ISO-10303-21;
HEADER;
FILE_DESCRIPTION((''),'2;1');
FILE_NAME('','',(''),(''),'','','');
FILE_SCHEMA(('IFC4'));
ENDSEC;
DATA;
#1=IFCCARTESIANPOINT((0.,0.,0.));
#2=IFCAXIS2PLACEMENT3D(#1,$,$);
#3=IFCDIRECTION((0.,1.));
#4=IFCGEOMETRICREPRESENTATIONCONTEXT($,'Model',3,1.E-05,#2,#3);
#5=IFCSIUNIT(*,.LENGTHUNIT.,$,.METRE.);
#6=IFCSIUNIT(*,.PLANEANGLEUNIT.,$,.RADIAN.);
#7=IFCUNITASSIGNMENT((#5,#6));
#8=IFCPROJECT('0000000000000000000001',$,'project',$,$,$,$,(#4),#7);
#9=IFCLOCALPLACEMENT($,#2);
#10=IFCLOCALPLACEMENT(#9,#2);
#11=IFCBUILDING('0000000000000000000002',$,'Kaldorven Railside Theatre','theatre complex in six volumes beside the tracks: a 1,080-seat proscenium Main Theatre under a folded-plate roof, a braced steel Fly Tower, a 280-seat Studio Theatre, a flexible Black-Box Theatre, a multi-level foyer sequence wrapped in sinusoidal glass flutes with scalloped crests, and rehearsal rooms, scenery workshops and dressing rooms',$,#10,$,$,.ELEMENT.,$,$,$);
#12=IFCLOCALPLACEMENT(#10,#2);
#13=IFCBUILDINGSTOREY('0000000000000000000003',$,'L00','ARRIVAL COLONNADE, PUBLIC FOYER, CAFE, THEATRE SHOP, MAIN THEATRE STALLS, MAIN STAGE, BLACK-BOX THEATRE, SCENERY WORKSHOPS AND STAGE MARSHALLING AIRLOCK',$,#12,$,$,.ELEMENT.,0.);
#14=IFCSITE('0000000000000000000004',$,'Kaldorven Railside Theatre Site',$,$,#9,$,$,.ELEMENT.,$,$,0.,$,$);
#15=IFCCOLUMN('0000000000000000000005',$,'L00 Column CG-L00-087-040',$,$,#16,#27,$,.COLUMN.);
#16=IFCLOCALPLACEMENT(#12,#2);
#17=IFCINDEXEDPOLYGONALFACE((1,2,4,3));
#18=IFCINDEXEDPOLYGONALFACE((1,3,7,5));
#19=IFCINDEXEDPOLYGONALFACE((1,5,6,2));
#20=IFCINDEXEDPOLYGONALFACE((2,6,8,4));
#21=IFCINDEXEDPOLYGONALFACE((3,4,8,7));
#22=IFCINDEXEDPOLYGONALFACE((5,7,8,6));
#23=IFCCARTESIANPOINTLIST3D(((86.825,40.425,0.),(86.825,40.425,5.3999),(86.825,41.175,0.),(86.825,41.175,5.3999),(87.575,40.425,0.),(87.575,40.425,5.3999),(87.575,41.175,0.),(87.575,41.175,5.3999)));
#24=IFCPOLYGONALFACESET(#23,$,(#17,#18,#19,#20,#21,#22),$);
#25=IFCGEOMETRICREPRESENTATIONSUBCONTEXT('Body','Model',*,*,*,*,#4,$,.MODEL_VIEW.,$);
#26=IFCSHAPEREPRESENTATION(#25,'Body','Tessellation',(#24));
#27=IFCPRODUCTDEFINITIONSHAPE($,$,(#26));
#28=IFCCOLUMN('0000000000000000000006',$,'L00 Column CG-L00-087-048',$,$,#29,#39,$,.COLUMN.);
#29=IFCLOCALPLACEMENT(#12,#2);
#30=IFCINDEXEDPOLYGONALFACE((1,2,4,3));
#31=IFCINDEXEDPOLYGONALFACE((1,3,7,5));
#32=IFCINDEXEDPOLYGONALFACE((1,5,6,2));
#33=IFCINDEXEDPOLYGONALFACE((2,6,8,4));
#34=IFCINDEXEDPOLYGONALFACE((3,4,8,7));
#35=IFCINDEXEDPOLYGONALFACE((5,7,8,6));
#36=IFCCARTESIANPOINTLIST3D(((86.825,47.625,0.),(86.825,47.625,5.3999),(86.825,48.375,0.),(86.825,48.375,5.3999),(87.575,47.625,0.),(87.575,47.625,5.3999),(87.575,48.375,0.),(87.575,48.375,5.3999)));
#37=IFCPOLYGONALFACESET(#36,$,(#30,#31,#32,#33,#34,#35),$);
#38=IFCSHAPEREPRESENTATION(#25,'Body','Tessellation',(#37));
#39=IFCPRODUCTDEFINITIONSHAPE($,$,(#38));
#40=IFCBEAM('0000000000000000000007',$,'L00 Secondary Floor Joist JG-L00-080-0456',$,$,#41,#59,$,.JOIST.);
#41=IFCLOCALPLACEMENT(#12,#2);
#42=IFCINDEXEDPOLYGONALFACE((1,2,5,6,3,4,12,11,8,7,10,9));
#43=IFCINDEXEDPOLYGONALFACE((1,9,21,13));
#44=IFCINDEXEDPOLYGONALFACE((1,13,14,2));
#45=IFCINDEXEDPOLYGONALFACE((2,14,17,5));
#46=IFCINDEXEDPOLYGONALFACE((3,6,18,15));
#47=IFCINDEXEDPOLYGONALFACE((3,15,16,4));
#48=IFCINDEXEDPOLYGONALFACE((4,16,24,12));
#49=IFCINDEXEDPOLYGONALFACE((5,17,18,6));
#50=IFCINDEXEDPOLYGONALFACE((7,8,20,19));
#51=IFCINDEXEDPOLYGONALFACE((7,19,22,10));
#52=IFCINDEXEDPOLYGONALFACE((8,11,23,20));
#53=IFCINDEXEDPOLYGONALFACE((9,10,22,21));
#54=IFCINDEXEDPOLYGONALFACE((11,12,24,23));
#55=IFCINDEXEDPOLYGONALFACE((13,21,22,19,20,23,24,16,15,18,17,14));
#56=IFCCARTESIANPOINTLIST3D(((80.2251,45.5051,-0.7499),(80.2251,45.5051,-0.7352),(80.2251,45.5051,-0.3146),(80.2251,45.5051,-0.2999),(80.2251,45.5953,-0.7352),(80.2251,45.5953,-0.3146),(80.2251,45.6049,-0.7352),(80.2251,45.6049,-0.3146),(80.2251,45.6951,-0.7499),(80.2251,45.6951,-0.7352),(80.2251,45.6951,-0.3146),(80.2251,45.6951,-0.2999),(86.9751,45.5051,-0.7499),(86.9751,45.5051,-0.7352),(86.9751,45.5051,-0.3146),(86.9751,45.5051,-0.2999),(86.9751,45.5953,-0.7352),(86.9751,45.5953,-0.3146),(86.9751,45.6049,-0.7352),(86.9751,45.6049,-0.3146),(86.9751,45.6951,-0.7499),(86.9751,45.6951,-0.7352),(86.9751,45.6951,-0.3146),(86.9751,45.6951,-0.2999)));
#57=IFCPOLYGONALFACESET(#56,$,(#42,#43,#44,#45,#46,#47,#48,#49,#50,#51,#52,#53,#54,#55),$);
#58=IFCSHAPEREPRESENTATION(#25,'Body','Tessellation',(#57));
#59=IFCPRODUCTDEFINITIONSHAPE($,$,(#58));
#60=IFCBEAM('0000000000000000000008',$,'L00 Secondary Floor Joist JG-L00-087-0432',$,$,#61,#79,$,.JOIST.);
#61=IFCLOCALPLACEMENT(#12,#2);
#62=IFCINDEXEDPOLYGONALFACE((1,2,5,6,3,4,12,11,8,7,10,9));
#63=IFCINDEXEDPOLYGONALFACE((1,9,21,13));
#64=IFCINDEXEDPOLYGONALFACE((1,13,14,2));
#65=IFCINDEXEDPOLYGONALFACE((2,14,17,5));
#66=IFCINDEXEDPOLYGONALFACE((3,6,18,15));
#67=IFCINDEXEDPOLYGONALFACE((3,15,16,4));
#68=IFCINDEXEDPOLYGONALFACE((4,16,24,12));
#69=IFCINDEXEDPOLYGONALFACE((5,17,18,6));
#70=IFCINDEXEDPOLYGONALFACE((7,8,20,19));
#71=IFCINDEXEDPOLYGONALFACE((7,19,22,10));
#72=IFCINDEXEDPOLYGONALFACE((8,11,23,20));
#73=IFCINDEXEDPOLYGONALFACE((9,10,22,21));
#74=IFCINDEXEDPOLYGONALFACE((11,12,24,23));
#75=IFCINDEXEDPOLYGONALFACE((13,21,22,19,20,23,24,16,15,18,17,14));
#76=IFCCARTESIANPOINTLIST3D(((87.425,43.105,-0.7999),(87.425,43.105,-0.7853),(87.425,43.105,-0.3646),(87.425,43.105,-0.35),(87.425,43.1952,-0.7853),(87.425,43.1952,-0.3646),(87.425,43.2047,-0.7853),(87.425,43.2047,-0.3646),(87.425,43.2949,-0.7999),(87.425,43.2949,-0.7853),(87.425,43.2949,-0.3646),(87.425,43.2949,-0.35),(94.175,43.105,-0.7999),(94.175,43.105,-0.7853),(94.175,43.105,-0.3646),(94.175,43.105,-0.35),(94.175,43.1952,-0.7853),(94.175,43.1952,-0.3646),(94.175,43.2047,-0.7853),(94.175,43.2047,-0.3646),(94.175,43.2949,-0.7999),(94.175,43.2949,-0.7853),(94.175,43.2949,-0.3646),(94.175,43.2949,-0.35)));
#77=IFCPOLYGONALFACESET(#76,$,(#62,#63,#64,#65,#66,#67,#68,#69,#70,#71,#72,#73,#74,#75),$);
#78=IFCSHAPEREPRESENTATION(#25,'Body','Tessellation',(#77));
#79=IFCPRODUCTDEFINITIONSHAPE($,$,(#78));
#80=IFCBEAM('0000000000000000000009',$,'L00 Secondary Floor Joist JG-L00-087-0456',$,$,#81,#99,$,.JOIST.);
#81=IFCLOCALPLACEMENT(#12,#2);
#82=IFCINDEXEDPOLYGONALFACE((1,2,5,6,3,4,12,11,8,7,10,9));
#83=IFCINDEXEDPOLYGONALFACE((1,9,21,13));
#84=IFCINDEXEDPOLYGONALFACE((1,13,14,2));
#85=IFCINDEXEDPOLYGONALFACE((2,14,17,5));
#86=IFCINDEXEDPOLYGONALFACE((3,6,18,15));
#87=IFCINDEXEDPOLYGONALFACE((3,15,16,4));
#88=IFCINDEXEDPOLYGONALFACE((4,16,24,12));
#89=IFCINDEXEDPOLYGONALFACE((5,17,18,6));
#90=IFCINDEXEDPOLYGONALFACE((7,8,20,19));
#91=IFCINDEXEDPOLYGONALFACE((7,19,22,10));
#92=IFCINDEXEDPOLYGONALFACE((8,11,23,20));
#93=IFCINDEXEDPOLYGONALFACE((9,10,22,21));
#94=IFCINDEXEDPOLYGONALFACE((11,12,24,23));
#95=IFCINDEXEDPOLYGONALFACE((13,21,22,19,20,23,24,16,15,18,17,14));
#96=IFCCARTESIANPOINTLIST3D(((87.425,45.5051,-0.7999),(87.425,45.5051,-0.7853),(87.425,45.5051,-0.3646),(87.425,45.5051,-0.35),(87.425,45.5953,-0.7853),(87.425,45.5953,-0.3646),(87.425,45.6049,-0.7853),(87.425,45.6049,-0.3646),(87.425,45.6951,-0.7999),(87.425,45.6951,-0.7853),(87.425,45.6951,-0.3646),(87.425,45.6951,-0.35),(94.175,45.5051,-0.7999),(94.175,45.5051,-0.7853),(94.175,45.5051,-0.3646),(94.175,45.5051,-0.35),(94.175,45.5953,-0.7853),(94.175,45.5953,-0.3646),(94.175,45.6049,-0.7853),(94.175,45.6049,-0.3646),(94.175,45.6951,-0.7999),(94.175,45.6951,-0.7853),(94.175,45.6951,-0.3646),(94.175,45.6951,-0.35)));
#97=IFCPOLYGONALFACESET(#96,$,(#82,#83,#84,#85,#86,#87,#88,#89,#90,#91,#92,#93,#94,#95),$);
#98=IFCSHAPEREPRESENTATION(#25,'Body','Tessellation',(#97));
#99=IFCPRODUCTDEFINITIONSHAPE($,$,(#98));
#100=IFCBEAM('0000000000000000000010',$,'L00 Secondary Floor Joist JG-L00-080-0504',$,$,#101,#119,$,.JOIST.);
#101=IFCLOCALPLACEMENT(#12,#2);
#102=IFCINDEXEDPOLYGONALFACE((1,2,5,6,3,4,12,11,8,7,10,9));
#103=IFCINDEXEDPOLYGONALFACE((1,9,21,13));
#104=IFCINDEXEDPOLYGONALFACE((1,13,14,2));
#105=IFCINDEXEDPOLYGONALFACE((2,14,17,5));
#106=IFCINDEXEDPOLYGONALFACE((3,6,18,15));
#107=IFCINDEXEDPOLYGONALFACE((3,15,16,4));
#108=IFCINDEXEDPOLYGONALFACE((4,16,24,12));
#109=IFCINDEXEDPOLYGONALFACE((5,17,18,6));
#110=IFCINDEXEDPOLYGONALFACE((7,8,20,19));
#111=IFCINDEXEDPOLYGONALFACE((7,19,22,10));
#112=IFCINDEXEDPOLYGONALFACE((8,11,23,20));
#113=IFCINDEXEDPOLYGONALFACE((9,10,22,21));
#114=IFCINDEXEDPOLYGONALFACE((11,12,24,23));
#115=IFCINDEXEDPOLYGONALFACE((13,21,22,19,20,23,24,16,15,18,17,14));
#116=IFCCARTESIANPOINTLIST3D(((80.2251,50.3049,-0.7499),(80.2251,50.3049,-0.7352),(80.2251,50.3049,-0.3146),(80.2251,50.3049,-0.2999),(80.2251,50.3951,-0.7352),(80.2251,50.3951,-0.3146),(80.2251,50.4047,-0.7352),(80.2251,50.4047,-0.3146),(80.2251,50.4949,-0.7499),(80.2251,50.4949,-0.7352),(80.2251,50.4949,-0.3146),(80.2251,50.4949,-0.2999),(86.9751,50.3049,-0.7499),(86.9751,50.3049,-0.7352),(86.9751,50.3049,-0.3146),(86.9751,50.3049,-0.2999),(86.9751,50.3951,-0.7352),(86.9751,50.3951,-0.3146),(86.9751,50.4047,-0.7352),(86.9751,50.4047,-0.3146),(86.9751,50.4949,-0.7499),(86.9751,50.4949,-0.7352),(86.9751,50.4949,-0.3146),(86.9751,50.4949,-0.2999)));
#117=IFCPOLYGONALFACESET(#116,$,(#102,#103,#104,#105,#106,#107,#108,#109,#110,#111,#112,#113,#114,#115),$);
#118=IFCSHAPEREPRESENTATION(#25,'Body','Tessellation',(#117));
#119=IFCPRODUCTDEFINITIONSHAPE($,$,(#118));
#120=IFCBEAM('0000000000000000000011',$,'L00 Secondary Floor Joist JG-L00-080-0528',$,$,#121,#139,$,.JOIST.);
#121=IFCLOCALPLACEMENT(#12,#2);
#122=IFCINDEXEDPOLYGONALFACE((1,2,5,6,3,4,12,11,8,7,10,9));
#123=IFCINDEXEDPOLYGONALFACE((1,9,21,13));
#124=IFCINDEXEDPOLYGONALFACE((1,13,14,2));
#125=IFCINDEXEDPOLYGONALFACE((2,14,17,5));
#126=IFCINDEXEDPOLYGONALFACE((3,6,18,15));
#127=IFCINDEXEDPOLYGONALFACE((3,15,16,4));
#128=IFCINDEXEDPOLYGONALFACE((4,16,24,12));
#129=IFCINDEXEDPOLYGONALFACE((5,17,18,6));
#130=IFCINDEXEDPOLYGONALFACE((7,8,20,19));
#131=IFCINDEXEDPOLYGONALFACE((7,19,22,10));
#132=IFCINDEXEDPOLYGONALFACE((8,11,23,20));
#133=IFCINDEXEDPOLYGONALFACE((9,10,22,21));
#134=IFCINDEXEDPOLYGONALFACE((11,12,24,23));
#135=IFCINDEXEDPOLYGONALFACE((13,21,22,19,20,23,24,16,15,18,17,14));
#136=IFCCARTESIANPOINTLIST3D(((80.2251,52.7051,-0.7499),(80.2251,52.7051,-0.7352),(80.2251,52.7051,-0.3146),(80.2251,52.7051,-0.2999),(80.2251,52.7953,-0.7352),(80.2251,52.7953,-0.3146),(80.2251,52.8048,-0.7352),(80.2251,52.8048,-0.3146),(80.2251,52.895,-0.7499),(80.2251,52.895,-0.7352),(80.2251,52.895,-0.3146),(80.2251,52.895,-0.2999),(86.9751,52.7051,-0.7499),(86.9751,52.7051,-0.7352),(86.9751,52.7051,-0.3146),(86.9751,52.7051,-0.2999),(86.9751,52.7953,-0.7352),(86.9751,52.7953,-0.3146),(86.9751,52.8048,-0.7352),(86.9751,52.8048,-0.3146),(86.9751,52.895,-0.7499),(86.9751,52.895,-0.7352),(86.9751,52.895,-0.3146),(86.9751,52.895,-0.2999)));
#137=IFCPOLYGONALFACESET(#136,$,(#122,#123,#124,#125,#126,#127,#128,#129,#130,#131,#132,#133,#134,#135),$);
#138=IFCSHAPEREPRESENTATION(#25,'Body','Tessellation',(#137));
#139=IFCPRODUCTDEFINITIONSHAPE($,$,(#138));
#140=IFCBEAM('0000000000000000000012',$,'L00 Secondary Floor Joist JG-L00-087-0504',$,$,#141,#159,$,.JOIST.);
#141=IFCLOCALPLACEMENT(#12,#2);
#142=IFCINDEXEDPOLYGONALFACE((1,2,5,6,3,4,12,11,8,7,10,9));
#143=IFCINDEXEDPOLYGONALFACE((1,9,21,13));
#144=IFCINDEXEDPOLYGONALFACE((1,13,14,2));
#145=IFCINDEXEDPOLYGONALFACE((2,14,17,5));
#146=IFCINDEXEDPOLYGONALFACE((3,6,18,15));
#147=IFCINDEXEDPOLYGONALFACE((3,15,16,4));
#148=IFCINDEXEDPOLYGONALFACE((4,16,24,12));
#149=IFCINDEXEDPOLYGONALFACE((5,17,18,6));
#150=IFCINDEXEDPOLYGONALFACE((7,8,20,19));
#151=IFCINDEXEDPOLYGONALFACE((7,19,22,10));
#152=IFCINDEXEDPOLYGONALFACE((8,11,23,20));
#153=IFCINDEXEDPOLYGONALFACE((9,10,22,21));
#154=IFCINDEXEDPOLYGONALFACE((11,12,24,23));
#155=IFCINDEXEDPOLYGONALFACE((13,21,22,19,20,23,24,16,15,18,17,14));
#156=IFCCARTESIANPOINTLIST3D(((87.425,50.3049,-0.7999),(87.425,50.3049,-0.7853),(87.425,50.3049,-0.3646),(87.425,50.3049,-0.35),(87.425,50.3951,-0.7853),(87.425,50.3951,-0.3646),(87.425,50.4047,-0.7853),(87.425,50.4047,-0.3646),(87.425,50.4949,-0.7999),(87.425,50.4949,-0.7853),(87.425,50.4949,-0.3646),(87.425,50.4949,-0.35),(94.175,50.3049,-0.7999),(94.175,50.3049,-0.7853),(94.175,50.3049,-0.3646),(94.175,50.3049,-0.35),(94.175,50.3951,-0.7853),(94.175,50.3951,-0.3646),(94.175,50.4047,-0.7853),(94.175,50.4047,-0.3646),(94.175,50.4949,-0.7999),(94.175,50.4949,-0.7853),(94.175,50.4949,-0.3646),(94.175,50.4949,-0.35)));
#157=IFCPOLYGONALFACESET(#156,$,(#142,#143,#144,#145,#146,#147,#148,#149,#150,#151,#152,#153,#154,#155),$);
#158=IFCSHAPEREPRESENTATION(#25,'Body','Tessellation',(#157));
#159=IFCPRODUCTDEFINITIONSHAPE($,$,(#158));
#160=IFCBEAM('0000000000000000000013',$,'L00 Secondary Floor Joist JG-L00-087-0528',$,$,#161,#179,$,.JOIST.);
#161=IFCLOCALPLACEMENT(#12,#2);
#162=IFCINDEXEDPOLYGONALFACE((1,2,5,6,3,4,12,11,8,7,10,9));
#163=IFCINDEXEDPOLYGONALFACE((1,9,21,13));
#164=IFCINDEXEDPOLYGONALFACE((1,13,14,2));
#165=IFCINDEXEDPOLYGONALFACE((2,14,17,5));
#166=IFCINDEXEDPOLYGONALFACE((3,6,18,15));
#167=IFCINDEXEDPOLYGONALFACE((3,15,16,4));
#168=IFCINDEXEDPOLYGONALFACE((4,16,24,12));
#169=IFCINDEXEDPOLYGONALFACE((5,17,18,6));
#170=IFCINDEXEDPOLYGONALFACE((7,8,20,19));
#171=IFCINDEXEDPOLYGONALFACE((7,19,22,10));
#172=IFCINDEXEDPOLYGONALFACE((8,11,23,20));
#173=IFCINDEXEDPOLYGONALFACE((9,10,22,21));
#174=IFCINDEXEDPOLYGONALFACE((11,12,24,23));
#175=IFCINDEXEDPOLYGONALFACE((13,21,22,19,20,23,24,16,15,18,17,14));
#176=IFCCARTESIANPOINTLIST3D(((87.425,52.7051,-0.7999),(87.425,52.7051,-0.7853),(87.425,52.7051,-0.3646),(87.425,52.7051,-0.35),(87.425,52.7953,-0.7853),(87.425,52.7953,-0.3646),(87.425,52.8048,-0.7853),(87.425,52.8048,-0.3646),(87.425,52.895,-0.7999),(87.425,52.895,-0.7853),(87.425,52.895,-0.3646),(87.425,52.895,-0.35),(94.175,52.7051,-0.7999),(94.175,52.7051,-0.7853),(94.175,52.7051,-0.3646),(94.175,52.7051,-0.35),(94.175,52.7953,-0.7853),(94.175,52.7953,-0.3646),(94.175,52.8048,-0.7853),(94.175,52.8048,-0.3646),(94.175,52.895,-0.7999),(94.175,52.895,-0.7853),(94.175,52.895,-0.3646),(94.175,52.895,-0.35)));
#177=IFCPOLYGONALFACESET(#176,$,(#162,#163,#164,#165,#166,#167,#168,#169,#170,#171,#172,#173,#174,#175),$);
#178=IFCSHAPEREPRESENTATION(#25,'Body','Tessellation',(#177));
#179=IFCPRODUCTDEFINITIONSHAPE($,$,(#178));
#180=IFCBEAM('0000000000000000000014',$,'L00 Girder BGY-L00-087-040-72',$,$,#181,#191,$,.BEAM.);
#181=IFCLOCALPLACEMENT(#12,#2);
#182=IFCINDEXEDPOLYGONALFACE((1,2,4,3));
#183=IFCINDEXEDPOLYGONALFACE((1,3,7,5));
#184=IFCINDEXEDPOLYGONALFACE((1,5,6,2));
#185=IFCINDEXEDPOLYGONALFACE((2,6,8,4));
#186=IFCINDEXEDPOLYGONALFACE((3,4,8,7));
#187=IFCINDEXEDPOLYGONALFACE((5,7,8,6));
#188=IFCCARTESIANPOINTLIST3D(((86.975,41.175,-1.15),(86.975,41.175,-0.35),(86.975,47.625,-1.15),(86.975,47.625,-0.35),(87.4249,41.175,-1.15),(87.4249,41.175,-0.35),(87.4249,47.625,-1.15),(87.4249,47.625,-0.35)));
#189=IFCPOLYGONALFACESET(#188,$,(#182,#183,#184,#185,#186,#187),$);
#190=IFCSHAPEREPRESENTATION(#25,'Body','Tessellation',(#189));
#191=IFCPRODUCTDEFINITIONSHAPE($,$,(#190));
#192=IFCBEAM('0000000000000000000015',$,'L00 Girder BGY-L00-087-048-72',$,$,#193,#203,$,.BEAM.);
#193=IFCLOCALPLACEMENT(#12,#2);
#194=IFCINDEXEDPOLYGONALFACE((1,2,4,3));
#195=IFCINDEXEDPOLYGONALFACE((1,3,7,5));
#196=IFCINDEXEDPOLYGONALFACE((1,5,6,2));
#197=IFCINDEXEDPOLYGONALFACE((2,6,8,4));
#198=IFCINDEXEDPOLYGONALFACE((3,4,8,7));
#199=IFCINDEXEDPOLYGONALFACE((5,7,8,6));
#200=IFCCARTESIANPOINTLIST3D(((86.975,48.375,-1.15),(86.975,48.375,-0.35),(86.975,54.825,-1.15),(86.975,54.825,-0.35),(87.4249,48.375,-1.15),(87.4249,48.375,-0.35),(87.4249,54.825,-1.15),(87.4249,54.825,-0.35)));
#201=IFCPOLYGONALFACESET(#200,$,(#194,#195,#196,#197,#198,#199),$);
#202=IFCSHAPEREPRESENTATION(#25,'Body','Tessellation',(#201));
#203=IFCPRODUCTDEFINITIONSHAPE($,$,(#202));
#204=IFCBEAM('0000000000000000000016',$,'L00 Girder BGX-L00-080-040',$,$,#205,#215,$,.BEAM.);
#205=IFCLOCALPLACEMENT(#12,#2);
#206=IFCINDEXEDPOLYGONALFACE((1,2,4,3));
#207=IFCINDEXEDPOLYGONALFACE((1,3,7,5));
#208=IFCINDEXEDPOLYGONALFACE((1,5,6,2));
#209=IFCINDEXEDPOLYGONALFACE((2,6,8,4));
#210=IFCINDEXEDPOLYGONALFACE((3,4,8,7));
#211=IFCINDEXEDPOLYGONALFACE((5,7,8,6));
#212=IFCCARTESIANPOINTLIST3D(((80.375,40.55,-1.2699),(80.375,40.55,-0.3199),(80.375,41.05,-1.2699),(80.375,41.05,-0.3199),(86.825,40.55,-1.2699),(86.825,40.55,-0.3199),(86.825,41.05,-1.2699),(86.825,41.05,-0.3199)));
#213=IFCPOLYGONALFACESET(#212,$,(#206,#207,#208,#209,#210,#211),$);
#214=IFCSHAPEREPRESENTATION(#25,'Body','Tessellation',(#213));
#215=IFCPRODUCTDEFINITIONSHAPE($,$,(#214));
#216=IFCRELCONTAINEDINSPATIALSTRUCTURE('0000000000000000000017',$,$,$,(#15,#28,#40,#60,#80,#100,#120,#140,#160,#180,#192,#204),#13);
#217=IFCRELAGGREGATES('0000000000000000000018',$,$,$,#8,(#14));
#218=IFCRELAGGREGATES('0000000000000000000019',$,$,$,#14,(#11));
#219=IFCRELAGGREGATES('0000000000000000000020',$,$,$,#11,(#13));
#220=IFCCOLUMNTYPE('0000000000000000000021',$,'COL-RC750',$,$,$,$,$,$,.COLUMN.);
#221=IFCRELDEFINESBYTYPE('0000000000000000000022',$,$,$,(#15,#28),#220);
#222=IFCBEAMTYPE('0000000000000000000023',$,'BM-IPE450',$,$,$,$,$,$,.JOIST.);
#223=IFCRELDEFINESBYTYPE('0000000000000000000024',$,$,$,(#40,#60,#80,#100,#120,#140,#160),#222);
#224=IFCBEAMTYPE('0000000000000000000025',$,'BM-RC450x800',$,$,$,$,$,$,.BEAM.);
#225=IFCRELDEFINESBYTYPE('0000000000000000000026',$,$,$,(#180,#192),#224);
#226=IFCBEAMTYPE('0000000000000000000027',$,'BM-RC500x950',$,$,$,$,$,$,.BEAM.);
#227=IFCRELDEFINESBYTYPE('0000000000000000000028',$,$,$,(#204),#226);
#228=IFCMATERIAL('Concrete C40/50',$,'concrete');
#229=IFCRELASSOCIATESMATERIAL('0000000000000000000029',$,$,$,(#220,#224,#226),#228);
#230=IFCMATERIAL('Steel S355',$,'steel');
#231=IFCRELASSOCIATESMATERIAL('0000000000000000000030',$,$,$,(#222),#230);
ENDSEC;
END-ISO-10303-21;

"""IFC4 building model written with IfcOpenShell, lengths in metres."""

from ifc_helpers import new_model, si_unit, direction, frame, origin, origin_2d, place, context, subcontext, project, spatial, rectangle, i_section, extrude, material, material_profile, profile_set, type_object, element, save


model = new_model("IFC4")

# Units and contexts
model_context = context("Model", 3, precision=1e-05, world=origin(), true_north=direction((0.0, 1.0)))
body_context = subcontext(model_context, "Body", "Model", "MODEL_VIEW")
ifc_project = project(units=[si_unit("LENGTHUNIT", "METRE"), si_unit("PLANEANGLEUNIT", "RADIAN")], contexts=[model_context])

# Site, building, storey
site_placement = place(None, origin())
site = spatial("IfcSite", under=ifc_project, at=site_placement, Name="Kaldorven Railside Theatre Site", CompositionType="ELEMENT", RefElevation=0.0)
building_placement = place(site_placement, origin())
building = spatial("IfcBuilding", under=site, at=building_placement, Name="Kaldorven Railside Theatre", Description="theatre complex in six volumes beside the tracks: a 1,080-seat proscenium Main Theatre under a folded-plate roof, a braced steel Fly Tower, a 280-seat Studio Theatre, a flexible Black-Box Theatre, a multi-level foyer sequence wrapped in sinusoidal glass flutes with scalloped crests, and rehearsal rooms, scenery workshops and dressing rooms", CompositionType="ELEMENT")
storey_placement = place(building_placement, origin())
storey = spatial("IfcBuildingStorey", under=building, at=storey_placement, Name="L00", Description="ARRIVAL COLONNADE, PUBLIC FOYER, CAFE, THEATRE SHOP, MAIN THEATRE STALLS, MAIN STAGE, BLACK-BOX THEATRE, SCENERY WORKSHOPS AND STAGE MARSHALLING AIRLOCK", CompositionType="ELEMENT", Elevation=0.0)

# Columns
ifc_material_1 = material(Name="Concrete C40/50", Category="concrete")
ifc_material_profile_1 = material_profile(ifc_material_1, rectangle(XDim=0.75, YDim=0.75, at=origin_2d()), Name="RC 750x750")
ifc_profile_set_1 = profile_set([ifc_material_profile_1], Name="Concrete C40/50")
column_type = type_object("IfcColumnType", Name="COL-RC750", PredefinedType="COLUMN", material=ifc_profile_set_1)
for number, where, z_axis, x_axis, name in (
    (1, (87.2, 40.8, 0.0), (0.0, 0.0, 1.0), (1.0, 0.0, 0.0), "L00 Column CG-L00-087-040"),
    (2, (87.2, 48.0, 0.0), (0.0, 0.0, 1.0), (0.0, 1.0, 0.0), "L00 Column CG-L00-087-048"),
):
    element("IfcColumn", number, at=place(storey_placement, frame(where, z_axis=z_axis, x_axis=x_axis)), inside=storey, type_object=column_type, Name=name, PredefinedType="COLUMN", context=body_context, shape_type="SweptSolid", body=[
        extrude(rectangle(XDim=0.75, YDim=0.75, at=origin_2d()), origin(), (0.0, 0.0, 1.0), 5.3999),
    ])

# Beams
ifc_material_2 = material(Name="Steel S355", Category="steel")
ifc_material_profile_2 = material_profile(ifc_material_2, i_section(OverallWidth=0.1899, OverallDepth=0.45, WebThickness=0.0095, FlangeThickness=0.0146, at=origin_2d()), Name="IPE 450")
ifc_profile_set_2 = profile_set([ifc_material_profile_2], Name="Steel S355")
beam_type_1 = type_object("IfcBeamType", Name="BM-IPE450", PredefinedType="JOIST", material=ifc_profile_set_2)
for number, where, z_axis, x_axis, name in (
    (3, (80.2251, 45.6001, -0.5249), (1.0, 0.0, 0.0), (0.0, 1.0, 0.0), "L00 Secondary Floor Joist JG-L00-080-0456"),
    (4, (87.425, 43.2, -0.575), (1.0, 0.0, 0.0), (0.0, 1.0, 0.0), "L00 Secondary Floor Joist JG-L00-087-0432"),
    (5, (87.425, 45.6001, -0.575), (1.0, 0.0, 0.0), (0.0, 1.0, 0.0), "L00 Secondary Floor Joist JG-L00-087-0456"),
    (6, (80.2251, 50.3999, -0.5249), (1.0, 0.0, 0.0), (0.0, 1.0, 0.0), "L00 Secondary Floor Joist JG-L00-080-0504"),
    (7, (80.2251, 52.8, -0.5249), (1.0, 0.0, 0.0), (0.0, 1.0, 0.0), "L00 Secondary Floor Joist JG-L00-080-0528"),
    (8, (87.425, 50.3999, -0.575), (1.0, 0.0, 0.0), (0.0, 1.0, 0.0), "L00 Secondary Floor Joist JG-L00-087-0504"),
    (9, (87.425, 52.8, -0.575), (1.0, 0.0, 0.0), (0.0, 1.0, 0.0), "L00 Secondary Floor Joist JG-L00-087-0528"),
):
    element("IfcBeam", number, at=place(storey_placement, frame(where, z_axis=z_axis, x_axis=x_axis)), inside=storey, type_object=beam_type_1, Name=name, PredefinedType="JOIST", context=body_context, shape_type="SweptSolid", body=[
        extrude(i_section(OverallWidth=0.1899, OverallDepth=0.45, WebThickness=0.0095, FlangeThickness=0.0146, at=origin_2d()), origin(), (0.0, 0.0, 1.0), 6.75),
    ])
ifc_material_profile_3 = material_profile(ifc_material_1, rectangle(XDim=0.45, YDim=0.8, at=origin_2d()), Name="RC 450x800")
ifc_profile_set_3 = profile_set([ifc_material_profile_3], Name="Concrete C40/50")
beam_type_2 = type_object("IfcBeamType", Name="BM-RC450x800", PredefinedType="BEAM", material=ifc_profile_set_3)
for number, where, z_axis, x_axis, name in (
    (10, (87.2, 41.175, -0.75), (0.0, 1.0, 0.0), (-1.0, 0.0, 0.0), "L00 Girder BGY-L00-087-040-72"),
    (11, (87.2, 48.375, -0.75), (0.0, 1.0, 0.0), (-1.0, 0.0, 0.0), "L00 Girder BGY-L00-087-048-72"),
):
    element("IfcBeam", number, at=place(storey_placement, frame(where, z_axis=z_axis, x_axis=x_axis)), inside=storey, type_object=beam_type_2, Name=name, PredefinedType="BEAM", context=body_context, shape_type="SweptSolid", body=[
        extrude(rectangle(XDim=0.45, YDim=0.8, at=origin_2d()), origin(), (0.0, 0.0, 1.0), 6.45),
    ])
ifc_material_profile_4 = material_profile(ifc_material_1, rectangle(XDim=0.5, YDim=0.95, at=origin_2d()), Name="RC 500x950")
ifc_profile_set_4 = profile_set([ifc_material_profile_4], Name="Concrete C40/50")
beam_type_3 = type_object("IfcBeamType", Name="BM-RC500x950", PredefinedType="BEAM", material=ifc_profile_set_4)
for number, where, z_axis, x_axis, name in (
    (12, (80.375, 40.8, -0.7949), (1.0, 0.0, 0.0), (0.0, 1.0, 0.0), "L00 Girder BGX-L00-080-040"),
):
    element("IfcBeam", number, at=place(storey_placement, frame(where, z_axis=z_axis, x_axis=x_axis)), inside=storey, type_object=beam_type_3, Name=name, PredefinedType="BEAM", context=body_context, shape_type="SweptSolid", body=[
        extrude(rectangle(XDim=0.5, YDim=0.95, at=origin_2d()), origin(), (0.0, 0.0, 1.0), 6.45),
    ])

save(model, "model.ifc")
